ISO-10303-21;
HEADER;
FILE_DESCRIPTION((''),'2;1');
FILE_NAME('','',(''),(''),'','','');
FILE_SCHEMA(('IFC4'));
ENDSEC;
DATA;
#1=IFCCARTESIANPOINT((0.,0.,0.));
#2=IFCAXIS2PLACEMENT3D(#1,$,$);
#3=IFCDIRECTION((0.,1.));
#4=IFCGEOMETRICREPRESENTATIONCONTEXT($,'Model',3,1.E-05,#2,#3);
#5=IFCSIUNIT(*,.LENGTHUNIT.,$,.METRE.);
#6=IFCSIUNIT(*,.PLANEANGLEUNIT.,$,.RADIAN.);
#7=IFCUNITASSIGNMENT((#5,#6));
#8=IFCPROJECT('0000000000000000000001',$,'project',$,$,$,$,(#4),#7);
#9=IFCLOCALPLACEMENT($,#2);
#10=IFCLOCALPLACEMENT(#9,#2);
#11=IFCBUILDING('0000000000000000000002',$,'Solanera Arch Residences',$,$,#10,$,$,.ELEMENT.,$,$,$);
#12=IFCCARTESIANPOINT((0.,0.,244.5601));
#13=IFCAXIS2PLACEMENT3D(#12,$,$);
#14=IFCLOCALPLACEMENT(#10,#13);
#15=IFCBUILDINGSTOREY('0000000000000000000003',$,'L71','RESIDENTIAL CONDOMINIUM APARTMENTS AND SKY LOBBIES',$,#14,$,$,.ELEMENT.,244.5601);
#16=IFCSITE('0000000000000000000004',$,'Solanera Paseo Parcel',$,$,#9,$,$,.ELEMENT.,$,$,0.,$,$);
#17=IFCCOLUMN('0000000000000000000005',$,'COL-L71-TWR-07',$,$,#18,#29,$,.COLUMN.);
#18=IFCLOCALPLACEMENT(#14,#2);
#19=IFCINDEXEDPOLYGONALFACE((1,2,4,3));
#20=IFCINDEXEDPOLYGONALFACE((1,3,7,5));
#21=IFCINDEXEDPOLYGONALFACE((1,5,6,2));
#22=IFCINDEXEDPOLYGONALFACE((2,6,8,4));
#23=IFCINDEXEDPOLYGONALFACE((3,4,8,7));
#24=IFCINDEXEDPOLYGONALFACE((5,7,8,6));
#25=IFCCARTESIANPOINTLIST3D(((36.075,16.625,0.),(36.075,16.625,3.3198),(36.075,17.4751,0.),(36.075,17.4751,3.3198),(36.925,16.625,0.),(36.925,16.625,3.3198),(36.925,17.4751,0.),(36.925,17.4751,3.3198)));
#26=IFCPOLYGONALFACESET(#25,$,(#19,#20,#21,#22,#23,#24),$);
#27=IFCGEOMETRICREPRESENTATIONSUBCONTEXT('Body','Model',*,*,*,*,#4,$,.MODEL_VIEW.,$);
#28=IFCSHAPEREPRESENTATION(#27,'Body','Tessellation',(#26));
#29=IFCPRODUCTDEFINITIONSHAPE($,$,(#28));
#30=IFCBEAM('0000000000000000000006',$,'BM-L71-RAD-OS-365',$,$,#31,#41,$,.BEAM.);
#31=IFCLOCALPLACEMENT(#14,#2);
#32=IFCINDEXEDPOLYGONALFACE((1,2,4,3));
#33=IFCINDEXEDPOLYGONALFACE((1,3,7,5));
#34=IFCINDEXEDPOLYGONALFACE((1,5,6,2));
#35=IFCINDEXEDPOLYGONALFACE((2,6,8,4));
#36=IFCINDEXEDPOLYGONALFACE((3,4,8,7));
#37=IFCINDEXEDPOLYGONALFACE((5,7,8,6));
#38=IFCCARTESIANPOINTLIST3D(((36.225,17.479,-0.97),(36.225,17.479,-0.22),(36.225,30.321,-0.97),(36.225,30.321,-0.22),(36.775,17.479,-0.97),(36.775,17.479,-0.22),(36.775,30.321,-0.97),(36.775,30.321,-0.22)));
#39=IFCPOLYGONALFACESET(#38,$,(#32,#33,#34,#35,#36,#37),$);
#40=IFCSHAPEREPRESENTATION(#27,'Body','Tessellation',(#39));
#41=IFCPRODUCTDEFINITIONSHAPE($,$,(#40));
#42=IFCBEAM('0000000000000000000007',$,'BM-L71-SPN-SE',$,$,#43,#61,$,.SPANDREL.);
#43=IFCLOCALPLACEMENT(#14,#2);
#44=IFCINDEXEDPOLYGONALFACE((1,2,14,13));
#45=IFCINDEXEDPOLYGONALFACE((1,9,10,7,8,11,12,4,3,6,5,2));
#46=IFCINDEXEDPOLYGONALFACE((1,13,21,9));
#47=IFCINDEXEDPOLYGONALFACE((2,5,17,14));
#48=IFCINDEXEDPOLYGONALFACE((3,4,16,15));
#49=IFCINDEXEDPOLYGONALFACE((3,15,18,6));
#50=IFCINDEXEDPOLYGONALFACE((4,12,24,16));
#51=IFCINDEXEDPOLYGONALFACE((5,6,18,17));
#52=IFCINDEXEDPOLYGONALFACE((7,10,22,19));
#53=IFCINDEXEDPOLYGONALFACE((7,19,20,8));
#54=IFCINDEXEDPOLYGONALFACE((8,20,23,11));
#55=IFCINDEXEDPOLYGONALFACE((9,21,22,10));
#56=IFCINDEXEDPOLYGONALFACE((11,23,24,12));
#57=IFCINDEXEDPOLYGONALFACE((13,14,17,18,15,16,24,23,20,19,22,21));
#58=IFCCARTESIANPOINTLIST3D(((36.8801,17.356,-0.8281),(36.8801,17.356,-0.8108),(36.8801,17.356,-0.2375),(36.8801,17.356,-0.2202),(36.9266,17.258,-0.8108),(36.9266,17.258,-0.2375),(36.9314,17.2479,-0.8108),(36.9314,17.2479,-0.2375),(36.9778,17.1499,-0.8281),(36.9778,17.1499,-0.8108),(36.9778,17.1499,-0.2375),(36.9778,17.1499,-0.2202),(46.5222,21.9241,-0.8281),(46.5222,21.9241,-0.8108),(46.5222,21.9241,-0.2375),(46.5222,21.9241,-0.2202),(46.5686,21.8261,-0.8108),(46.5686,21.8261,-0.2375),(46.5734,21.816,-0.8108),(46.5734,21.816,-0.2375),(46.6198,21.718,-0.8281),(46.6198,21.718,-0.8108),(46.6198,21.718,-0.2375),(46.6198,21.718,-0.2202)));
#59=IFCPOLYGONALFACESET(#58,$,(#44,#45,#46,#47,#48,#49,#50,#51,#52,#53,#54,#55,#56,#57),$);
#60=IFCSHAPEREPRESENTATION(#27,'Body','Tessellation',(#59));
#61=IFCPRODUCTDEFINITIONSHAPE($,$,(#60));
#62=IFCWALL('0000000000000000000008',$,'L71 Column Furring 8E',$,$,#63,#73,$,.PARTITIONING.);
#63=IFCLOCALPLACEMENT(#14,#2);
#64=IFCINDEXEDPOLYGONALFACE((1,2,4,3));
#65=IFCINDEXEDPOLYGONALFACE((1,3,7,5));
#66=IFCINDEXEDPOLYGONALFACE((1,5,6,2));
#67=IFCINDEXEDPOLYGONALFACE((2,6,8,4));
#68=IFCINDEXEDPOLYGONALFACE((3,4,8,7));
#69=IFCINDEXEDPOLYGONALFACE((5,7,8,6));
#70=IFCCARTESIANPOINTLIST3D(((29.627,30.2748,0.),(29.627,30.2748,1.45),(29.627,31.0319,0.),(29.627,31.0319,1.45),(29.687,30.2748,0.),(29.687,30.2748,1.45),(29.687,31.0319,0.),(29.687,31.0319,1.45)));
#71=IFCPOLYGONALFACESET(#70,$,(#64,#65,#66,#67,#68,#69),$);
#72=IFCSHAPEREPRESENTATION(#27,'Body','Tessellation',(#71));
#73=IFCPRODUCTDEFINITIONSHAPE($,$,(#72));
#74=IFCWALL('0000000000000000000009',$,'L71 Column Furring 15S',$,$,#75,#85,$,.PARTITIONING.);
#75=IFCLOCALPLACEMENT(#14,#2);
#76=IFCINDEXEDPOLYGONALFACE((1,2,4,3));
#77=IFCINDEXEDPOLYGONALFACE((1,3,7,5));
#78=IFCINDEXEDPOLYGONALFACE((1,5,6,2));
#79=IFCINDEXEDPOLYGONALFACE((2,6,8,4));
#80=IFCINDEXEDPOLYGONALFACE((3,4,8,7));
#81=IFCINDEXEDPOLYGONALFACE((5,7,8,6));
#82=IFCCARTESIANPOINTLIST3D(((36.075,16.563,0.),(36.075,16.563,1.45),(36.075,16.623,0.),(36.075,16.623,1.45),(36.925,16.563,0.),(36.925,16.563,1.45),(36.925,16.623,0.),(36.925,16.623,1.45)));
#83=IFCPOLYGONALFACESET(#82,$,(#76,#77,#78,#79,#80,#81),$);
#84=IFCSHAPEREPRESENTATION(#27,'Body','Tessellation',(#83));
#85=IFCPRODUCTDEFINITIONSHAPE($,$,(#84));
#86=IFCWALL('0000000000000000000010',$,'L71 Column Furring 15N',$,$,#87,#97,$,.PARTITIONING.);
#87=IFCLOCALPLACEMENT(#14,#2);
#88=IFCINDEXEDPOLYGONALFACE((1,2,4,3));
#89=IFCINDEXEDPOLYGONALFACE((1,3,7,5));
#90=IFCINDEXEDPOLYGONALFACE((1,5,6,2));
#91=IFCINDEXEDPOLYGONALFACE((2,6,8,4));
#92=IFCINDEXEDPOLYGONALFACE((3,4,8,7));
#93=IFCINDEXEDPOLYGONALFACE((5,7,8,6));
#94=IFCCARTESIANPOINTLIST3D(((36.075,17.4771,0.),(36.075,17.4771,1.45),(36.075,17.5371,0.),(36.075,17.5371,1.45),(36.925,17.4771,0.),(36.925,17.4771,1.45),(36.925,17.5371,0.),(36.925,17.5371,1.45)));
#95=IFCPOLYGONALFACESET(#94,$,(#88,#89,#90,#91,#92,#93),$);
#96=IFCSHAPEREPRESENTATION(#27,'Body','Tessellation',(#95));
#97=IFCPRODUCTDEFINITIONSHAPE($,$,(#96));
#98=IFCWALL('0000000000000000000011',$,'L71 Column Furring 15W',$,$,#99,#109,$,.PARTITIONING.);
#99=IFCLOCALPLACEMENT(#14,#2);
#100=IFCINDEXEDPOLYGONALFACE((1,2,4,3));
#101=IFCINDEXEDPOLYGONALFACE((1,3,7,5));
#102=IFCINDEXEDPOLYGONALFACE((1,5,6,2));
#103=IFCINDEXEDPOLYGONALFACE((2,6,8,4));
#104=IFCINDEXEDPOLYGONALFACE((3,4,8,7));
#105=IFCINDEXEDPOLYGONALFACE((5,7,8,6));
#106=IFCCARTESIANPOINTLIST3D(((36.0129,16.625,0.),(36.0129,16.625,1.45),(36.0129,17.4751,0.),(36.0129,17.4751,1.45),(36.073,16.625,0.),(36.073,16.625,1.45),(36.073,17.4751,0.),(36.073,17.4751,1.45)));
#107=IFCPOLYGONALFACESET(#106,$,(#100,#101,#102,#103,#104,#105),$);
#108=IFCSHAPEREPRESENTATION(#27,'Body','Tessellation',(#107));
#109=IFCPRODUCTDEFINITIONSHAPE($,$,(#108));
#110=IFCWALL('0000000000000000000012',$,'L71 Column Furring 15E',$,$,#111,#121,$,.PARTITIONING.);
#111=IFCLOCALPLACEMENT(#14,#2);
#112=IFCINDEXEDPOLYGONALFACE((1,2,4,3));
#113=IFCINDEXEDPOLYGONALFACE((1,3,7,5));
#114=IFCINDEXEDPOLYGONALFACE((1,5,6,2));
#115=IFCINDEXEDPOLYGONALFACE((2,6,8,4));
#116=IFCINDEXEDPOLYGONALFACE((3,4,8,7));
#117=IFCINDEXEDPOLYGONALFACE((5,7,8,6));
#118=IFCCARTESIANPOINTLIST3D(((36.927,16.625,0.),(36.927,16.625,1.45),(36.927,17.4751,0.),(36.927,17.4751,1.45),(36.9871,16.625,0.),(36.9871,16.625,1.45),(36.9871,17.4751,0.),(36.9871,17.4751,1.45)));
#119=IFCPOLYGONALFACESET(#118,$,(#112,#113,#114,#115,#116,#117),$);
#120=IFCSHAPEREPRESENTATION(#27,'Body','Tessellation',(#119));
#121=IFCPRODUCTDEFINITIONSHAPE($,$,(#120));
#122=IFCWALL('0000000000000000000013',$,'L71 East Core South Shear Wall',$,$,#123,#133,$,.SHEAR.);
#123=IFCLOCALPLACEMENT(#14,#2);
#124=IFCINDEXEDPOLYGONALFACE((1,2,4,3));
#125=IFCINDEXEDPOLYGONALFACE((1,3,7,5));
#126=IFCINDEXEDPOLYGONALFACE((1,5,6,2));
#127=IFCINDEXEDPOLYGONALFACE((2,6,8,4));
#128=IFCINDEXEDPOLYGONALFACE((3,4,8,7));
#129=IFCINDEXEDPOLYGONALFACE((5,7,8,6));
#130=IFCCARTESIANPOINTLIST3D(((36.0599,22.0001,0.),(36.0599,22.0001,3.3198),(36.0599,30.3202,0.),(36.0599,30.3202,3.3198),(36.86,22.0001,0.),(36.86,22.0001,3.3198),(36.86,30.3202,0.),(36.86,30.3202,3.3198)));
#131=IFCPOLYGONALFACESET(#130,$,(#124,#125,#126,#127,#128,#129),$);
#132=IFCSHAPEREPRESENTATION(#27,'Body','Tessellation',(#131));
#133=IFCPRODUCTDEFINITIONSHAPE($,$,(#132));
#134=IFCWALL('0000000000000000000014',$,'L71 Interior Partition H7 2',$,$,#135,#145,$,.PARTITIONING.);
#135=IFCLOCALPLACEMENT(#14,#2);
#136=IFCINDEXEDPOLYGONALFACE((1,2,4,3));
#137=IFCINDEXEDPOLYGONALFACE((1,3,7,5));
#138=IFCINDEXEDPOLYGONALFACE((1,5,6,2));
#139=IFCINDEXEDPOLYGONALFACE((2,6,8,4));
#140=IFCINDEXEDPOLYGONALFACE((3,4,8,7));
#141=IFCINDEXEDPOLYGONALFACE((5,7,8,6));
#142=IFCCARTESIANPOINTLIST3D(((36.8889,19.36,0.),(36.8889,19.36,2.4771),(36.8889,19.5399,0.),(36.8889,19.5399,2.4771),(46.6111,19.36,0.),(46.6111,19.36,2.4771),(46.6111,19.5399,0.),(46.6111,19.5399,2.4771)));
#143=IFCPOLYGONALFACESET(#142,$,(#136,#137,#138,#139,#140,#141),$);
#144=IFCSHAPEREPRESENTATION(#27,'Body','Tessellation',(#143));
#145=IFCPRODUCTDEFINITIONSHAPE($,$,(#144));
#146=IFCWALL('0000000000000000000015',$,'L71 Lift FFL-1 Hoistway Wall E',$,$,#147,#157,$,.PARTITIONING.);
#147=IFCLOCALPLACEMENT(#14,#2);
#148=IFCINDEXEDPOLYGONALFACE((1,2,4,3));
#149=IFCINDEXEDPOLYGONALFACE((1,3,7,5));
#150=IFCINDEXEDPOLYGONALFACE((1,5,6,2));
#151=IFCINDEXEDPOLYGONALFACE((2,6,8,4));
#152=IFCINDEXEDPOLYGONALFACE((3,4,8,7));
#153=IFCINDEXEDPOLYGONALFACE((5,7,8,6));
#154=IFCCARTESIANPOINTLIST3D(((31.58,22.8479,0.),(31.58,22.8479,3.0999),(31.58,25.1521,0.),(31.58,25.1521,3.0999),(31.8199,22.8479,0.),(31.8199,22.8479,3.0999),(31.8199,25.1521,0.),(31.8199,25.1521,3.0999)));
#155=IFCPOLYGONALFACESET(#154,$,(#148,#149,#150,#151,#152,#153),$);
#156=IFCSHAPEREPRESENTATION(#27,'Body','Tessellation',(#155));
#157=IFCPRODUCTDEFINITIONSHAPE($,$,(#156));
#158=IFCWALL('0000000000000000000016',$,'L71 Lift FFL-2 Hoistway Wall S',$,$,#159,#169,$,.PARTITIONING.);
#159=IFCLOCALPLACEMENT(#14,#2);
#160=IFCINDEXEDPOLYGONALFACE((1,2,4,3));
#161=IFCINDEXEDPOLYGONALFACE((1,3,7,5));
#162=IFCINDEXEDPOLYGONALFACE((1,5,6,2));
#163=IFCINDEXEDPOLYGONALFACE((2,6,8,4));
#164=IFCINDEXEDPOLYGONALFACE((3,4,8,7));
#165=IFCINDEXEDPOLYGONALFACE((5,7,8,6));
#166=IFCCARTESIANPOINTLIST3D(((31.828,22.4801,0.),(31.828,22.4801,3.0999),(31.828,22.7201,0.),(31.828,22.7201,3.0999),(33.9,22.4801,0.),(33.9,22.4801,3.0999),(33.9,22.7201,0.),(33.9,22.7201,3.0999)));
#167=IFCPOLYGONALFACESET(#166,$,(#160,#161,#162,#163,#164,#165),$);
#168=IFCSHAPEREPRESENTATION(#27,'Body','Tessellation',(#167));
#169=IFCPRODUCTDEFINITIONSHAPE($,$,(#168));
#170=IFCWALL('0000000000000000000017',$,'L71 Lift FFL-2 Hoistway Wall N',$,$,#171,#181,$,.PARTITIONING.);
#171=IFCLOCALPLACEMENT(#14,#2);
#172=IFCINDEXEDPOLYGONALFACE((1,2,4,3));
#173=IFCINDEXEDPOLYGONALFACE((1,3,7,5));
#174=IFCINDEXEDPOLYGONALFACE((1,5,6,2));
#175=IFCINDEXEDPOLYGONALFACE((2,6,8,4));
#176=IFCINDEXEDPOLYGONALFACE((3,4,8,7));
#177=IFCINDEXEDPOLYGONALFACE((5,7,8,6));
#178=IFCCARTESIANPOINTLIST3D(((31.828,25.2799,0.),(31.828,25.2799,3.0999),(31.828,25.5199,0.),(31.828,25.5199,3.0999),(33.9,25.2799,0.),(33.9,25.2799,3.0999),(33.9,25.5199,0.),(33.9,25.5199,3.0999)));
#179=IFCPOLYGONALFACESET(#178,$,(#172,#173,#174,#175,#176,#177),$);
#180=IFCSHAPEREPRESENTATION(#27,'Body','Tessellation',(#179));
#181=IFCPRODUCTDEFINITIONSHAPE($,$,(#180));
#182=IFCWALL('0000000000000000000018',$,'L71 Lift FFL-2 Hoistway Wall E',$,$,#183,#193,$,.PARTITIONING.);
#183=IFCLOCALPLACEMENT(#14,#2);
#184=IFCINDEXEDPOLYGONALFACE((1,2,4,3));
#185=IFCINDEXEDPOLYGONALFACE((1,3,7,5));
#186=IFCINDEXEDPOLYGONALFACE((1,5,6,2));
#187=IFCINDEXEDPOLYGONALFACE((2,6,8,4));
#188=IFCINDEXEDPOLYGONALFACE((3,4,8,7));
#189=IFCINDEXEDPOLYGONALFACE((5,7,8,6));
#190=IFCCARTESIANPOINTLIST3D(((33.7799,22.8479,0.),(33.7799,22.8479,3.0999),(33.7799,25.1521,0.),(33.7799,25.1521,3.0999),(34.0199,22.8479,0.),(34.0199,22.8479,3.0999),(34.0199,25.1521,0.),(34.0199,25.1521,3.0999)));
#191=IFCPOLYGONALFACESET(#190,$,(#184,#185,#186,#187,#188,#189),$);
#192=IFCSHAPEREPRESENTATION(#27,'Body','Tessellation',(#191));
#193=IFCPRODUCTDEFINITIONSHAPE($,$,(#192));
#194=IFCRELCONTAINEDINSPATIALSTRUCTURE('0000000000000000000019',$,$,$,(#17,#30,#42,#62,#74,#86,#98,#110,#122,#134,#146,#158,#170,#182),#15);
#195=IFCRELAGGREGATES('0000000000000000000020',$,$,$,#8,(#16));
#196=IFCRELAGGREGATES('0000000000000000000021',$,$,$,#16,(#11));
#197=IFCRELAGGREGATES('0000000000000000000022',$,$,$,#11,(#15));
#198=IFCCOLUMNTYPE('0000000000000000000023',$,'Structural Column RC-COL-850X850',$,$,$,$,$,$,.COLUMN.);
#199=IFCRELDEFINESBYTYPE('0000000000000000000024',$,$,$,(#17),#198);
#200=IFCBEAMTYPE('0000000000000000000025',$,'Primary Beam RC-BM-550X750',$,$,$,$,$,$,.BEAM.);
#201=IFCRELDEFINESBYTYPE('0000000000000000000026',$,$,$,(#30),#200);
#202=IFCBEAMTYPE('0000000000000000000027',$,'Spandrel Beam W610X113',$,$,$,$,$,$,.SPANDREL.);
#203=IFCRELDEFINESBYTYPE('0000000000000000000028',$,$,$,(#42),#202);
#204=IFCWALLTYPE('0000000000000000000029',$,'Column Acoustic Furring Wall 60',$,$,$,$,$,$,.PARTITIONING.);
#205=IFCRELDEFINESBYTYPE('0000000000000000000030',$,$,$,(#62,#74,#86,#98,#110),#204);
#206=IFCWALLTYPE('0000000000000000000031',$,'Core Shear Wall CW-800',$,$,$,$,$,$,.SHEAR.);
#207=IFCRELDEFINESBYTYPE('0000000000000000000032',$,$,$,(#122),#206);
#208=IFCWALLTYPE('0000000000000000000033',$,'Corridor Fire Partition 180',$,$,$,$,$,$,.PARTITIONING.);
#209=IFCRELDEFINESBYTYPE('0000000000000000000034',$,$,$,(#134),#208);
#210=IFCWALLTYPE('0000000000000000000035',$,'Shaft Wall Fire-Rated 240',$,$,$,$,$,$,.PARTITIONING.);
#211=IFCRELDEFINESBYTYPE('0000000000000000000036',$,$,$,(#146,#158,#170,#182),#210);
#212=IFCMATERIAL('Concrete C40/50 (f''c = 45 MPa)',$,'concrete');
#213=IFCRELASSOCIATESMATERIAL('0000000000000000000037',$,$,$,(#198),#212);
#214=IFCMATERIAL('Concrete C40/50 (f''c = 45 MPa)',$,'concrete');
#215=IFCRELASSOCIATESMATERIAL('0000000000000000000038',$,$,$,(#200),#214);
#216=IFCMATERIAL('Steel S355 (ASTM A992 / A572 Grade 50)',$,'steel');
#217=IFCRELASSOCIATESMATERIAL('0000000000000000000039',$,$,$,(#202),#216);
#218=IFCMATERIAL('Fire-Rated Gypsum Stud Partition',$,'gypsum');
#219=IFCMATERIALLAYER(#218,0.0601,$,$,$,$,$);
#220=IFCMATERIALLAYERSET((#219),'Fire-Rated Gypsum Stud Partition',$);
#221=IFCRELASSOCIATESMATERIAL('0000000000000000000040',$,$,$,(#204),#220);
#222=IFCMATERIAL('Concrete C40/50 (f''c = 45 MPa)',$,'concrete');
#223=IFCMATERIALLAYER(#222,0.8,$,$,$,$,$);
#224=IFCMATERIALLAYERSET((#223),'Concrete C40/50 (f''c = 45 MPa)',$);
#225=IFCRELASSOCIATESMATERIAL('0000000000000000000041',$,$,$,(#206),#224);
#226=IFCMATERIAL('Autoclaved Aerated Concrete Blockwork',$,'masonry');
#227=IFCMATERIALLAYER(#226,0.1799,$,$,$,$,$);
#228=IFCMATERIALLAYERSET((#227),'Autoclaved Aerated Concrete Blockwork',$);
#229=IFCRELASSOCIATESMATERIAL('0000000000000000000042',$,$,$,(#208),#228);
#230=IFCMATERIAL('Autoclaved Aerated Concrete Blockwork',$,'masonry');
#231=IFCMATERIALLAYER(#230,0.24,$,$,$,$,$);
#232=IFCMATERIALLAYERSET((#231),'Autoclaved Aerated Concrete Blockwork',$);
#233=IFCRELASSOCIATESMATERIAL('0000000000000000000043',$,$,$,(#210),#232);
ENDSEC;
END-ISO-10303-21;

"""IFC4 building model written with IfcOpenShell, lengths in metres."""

from ifc_helpers import new_model, si_unit, direction, frame, frame_2d, origin, origin_2d, place, context, subcontext, project, spatial, rectangle, i_section, extrude, material, layer, layer_set, material_profile, profile_set, type_object, element, save


model = new_model("IFC4")

# Units and contexts
model_context = context("Model", 3, precision=1e-05, world=origin(), true_north=direction((0.0, 1.0)))
body_context = subcontext(model_context, "Body", "Model", "MODEL_VIEW")
ifc_project = project(units=[si_unit("LENGTHUNIT", "METRE"), si_unit("PLANEANGLEUNIT", "RADIAN")], contexts=[model_context])

# Site, building, storey
site_placement = place(None, origin())
site = spatial("IfcSite", under=ifc_project, at=site_placement, Name="Solanera Paseo Parcel", CompositionType="ELEMENT", RefElevation=0.0)
building_placement = place(site_placement, origin())
building = spatial("IfcBuilding", under=site, at=building_placement, Name="Solanera Arch Residences", CompositionType="ELEMENT")
storey_placement = place(building_placement, frame((0.0, 0.0, 244.5601)))
storey = spatial("IfcBuildingStorey", under=building, at=storey_placement, Name="L71", Description="RESIDENTIAL CONDOMINIUM APARTMENTS AND SKY LOBBIES", CompositionType="ELEMENT", Elevation=244.5601)

# Column
ifc_material_1 = material(Name="Concrete C40/50 (f'c = 45 MPa)", Category="concrete")
ifc_material_profile_1 = material_profile(ifc_material_1, rectangle(XDim=0.8501, YDim=0.8501, at=origin_2d()))
ifc_profile_set_1 = profile_set([ifc_material_profile_1], Name="Concrete C40/50 (f'c = 45 MPa)")
column_type = type_object("IfcColumnType", Name="Structural Column RC-COL-850X850", PredefinedType="COLUMN", material=ifc_profile_set_1)
column_placement = place(storey_placement, frame((36.5, 17.05, 0.0), z_axis=(0.0, 0.0, 1.0), x_axis=(1.0, 0.0, 0.0)))
element("IfcColumn", 1, at=column_placement, inside=storey, type_object=column_type, Name="COL-L71-TWR-07", PredefinedType="COLUMN", context=body_context, shape_type="SweptSolid", body=[
    extrude(rectangle(XDim=0.8501, YDim=0.8501, at=origin_2d()), origin(), (0.0, 0.0, 1.0), 3.3198),
])

# Beams
ifc_material_2 = material(Name="Concrete C40/50 (f'c = 45 MPa)", Category="concrete")
ifc_material_profile_2 = material_profile(ifc_material_2, rectangle(XDim=0.55, YDim=0.75, at=origin_2d()))
ifc_profile_set_2 = profile_set([ifc_material_profile_2], Name="Concrete C40/50 (f'c = 45 MPa)")
beam_type_1 = type_object("IfcBeamType", Name="Primary Beam RC-BM-550X750", PredefinedType="BEAM", material=ifc_profile_set_2)
beam_1_placement = place(storey_placement, frame((36.5, 17.479, -0.595), z_axis=(0.0, 1.0, 0.0), x_axis=(-1.0, 0.0, 0.0)))
element("IfcBeam", 2, at=beam_1_placement, inside=storey, type_object=beam_type_1, Name="BM-L71-RAD-OS-365", PredefinedType="BEAM", context=body_context, shape_type="SweptSolid", body=[
    extrude(rectangle(XDim=0.55, YDim=0.75, at=origin_2d()), origin(), (0.0, 0.0, 1.0), 12.842),
])
ifc_material_3 = material(Name="Steel S355 (ASTM A992 / A572 Grade 50)", Category="steel")
ifc_material_profile_3 = material_profile(ifc_material_3, i_section(OverallWidth=0.228, OverallDepth=0.6079, WebThickness=0.0112, FlangeThickness=0.0173, at=origin_2d()))
ifc_profile_set_3 = profile_set([ifc_material_profile_3], Name="Steel S355 (ASTM A992 / A572 Grade 50)")
beam_type_2 = type_object("IfcBeamType", Name="Spandrel Beam W610X113", PredefinedType="SPANDREL", material=ifc_profile_set_3)
beam_2_placement = place(storey_placement, frame((36.929, 17.2529, -0.5242), z_axis=(0.903708, 0.428148, 0.0), x_axis=(-0.428148, 0.903708, 0.0)))
element("IfcBeam", 3, at=beam_2_placement, inside=storey, type_object=beam_type_2, Name="BM-L71-SPN-SE", PredefinedType="SPANDREL", context=body_context, shape_type="SweptSolid", body=[
    extrude(i_section(OverallWidth=0.228, OverallDepth=0.6079, WebThickness=0.0112, FlangeThickness=0.0173, at=origin_2d()), origin(), (0.0, 0.0, 1.0), 10.6694),
])

# Walls
ifc_material_4 = material(Name="Fire-Rated Gypsum Stud Partition", Category="gypsum")
ifc_layer_1 = layer(ifc_material_4, 0.0601)
ifc_layer_set_1 = layer_set([ifc_layer_1], Name="Fire-Rated Gypsum Stud Partition")
wall_type_1 = type_object("IfcWallType", Name="Column Acoustic Furring Wall 60", PredefinedType="PARTITIONING", material=ifc_layer_set_1)
wall_1_placement = place(storey_placement, frame((29.657, 30.2749, 0.0), z_axis=(0.0, 0.0, 1.0), x_axis=(0.0, 1.0, 0.0)))
element("IfcWall", 4, at=wall_1_placement, inside=storey, type_object=wall_type_1, Name="L71 Column Furring 8E", PredefinedType="PARTITIONING", context=body_context, shape_type="SweptSolid", body=[
    extrude(rectangle(XDim=0.7571, YDim=0.0601, at=frame_2d((0.3784, 0.0))), origin(), (0.0, 0.0, 1.0), 1.45),
])
for number, where, z_axis, x_axis, name in (
    (5, (36.075, 16.593, 0.0), (0.0, 0.0, 1.0), (1.0, 0.0, 0.0), "L71 Column Furring 15S"),
    (6, (36.075, 17.5071, 0.0), (0.0, 0.0, 1.0), (1.0, 0.0, 0.0), "L71 Column Furring 15N"),
    (7, (36.043, 16.625, 0.0), (0.0, 0.0, 1.0), (0.0, 1.0, 0.0), "L71 Column Furring 15W"),
    (8, (36.957, 16.625, 0.0), (0.0, 0.0, 1.0), (0.0, 1.0, 0.0), "L71 Column Furring 15E"),
):
    element("IfcWall", number, at=place(storey_placement, frame(where, z_axis=z_axis, x_axis=x_axis)), inside=storey, type_object=wall_type_1, Name=name, PredefinedType="PARTITIONING", context=body_context, shape_type="SweptSolid", body=[
        extrude(rectangle(XDim=0.8501, YDim=0.0601, at=frame_2d((0.425, 0.0))), origin(), (0.0, 0.0, 1.0), 1.45),
    ])
ifc_material_5 = material(Name="Concrete C40/50 (f'c = 45 MPa)", Category="concrete")
ifc_layer_2 = layer(ifc_material_5, 0.8)
ifc_layer_set_2 = layer_set([ifc_layer_2], Name="Concrete C40/50 (f'c = 45 MPa)")
wall_type_2 = type_object("IfcWallType", Name="Core Shear Wall CW-800", PredefinedType="SHEAR", material=ifc_layer_set_2)
wall_2_placement = place(storey_placement, frame((36.46, 22.0, 0.0), z_axis=(0.0, 0.0, 1.0), x_axis=(0.0, 1.0, 0.0)))
element("IfcWall", 9, at=wall_2_placement, inside=storey, type_object=wall_type_2, Name="L71 East Core South Shear Wall", PredefinedType="SHEAR", context=body_context, shape_type="SweptSolid", body=[
    extrude(rectangle(XDim=8.3201, YDim=0.8, at=frame_2d((4.1602, 0.0))), origin(), (0.0, 0.0, 1.0), 3.3198),
])
ifc_material_6 = material(Name="Autoclaved Aerated Concrete Blockwork", Category="masonry")
ifc_layer_3 = layer(ifc_material_6, 0.1799)
ifc_layer_set_3 = layer_set([ifc_layer_3], Name="Autoclaved Aerated Concrete Blockwork")
wall_type_3 = type_object("IfcWallType", Name="Corridor Fire Partition 180", PredefinedType="PARTITIONING", material=ifc_layer_set_3)
wall_3_placement = place(storey_placement, frame((36.8889, 19.45, 0.0), z_axis=(0.0, 0.0, 1.0), x_axis=(1.0, 0.0, 0.0)))
element("IfcWall", 10, at=wall_3_placement, inside=storey, type_object=wall_type_3, Name="L71 Interior Partition H7 2", PredefinedType="PARTITIONING", context=body_context, shape_type="SweptSolid", body=[
    extrude(rectangle(XDim=9.7222, YDim=0.1799, at=frame_2d((4.8611, 0.0))), origin(), (0.0, 0.0, 1.0), 2.4771),
])
ifc_material_7 = material(Name="Autoclaved Aerated Concrete Blockwork", Category="masonry")
ifc_layer_4 = layer(ifc_material_7, 0.24)
ifc_layer_set_4 = layer_set([ifc_layer_4], Name="Autoclaved Aerated Concrete Blockwork")
wall_type_4 = type_object("IfcWallType", Name="Shaft Wall Fire-Rated 240", PredefinedType="PARTITIONING", material=ifc_layer_set_4)
wall_4_placement = place(storey_placement, frame((31.7, 22.8479, 0.0), z_axis=(0.0, 0.0, 1.0), x_axis=(0.0, 1.0, 0.0)))
element("IfcWall", 11, at=wall_4_placement, inside=storey, type_object=wall_type_4, Name="L71 Lift FFL-1 Hoistway Wall E", PredefinedType="PARTITIONING", context=body_context, shape_type="SweptSolid", body=[
    extrude(rectangle(XDim=2.3042, YDim=0.24, at=frame_2d((1.1521, 0.0))), origin(), (0.0, 0.0, 1.0), 3.0999),
])
for number, where, z_axis, x_axis, name in (
    (12, (31.8279, 22.6001, 0.0), (0.0, 0.0, 1.0), (1.0, 0.0, 0.0), "L71 Lift FFL-2 Hoistway Wall S"),
    (13, (31.8279, 25.3999, 0.0), (0.0, 0.0, 1.0), (1.0, 0.0, 0.0), "L71 Lift FFL-2 Hoistway Wall N"),
):
    element("IfcWall", number, at=place(storey_placement, frame(where, z_axis=z_axis, x_axis=x_axis)), inside=storey, type_object=wall_type_4, Name=name, PredefinedType="PARTITIONING", context=body_context, shape_type="SweptSolid", body=[
        extrude(rectangle(XDim=2.072, YDim=0.24, at=frame_2d((1.0361, 0.0))), origin(), (0.0, 0.0, 1.0), 3.0999),
    ])
wall_5_placement = place(storey_placement, frame((33.8999, 22.8479, 0.0), z_axis=(0.0, 0.0, 1.0), x_axis=(0.0, 1.0, 0.0)))
element("IfcWall", 14, at=wall_5_placement, inside=storey, type_object=wall_type_4, Name="L71 Lift FFL-2 Hoistway Wall E", PredefinedType="PARTITIONING", context=body_context, shape_type="SweptSolid", body=[
    extrude(rectangle(XDim=2.3042, YDim=0.24, at=frame_2d((1.1521, 0.0))), origin(), (0.0, 0.0, 1.0), 3.0999),
])

save(model, "model.ifc")
